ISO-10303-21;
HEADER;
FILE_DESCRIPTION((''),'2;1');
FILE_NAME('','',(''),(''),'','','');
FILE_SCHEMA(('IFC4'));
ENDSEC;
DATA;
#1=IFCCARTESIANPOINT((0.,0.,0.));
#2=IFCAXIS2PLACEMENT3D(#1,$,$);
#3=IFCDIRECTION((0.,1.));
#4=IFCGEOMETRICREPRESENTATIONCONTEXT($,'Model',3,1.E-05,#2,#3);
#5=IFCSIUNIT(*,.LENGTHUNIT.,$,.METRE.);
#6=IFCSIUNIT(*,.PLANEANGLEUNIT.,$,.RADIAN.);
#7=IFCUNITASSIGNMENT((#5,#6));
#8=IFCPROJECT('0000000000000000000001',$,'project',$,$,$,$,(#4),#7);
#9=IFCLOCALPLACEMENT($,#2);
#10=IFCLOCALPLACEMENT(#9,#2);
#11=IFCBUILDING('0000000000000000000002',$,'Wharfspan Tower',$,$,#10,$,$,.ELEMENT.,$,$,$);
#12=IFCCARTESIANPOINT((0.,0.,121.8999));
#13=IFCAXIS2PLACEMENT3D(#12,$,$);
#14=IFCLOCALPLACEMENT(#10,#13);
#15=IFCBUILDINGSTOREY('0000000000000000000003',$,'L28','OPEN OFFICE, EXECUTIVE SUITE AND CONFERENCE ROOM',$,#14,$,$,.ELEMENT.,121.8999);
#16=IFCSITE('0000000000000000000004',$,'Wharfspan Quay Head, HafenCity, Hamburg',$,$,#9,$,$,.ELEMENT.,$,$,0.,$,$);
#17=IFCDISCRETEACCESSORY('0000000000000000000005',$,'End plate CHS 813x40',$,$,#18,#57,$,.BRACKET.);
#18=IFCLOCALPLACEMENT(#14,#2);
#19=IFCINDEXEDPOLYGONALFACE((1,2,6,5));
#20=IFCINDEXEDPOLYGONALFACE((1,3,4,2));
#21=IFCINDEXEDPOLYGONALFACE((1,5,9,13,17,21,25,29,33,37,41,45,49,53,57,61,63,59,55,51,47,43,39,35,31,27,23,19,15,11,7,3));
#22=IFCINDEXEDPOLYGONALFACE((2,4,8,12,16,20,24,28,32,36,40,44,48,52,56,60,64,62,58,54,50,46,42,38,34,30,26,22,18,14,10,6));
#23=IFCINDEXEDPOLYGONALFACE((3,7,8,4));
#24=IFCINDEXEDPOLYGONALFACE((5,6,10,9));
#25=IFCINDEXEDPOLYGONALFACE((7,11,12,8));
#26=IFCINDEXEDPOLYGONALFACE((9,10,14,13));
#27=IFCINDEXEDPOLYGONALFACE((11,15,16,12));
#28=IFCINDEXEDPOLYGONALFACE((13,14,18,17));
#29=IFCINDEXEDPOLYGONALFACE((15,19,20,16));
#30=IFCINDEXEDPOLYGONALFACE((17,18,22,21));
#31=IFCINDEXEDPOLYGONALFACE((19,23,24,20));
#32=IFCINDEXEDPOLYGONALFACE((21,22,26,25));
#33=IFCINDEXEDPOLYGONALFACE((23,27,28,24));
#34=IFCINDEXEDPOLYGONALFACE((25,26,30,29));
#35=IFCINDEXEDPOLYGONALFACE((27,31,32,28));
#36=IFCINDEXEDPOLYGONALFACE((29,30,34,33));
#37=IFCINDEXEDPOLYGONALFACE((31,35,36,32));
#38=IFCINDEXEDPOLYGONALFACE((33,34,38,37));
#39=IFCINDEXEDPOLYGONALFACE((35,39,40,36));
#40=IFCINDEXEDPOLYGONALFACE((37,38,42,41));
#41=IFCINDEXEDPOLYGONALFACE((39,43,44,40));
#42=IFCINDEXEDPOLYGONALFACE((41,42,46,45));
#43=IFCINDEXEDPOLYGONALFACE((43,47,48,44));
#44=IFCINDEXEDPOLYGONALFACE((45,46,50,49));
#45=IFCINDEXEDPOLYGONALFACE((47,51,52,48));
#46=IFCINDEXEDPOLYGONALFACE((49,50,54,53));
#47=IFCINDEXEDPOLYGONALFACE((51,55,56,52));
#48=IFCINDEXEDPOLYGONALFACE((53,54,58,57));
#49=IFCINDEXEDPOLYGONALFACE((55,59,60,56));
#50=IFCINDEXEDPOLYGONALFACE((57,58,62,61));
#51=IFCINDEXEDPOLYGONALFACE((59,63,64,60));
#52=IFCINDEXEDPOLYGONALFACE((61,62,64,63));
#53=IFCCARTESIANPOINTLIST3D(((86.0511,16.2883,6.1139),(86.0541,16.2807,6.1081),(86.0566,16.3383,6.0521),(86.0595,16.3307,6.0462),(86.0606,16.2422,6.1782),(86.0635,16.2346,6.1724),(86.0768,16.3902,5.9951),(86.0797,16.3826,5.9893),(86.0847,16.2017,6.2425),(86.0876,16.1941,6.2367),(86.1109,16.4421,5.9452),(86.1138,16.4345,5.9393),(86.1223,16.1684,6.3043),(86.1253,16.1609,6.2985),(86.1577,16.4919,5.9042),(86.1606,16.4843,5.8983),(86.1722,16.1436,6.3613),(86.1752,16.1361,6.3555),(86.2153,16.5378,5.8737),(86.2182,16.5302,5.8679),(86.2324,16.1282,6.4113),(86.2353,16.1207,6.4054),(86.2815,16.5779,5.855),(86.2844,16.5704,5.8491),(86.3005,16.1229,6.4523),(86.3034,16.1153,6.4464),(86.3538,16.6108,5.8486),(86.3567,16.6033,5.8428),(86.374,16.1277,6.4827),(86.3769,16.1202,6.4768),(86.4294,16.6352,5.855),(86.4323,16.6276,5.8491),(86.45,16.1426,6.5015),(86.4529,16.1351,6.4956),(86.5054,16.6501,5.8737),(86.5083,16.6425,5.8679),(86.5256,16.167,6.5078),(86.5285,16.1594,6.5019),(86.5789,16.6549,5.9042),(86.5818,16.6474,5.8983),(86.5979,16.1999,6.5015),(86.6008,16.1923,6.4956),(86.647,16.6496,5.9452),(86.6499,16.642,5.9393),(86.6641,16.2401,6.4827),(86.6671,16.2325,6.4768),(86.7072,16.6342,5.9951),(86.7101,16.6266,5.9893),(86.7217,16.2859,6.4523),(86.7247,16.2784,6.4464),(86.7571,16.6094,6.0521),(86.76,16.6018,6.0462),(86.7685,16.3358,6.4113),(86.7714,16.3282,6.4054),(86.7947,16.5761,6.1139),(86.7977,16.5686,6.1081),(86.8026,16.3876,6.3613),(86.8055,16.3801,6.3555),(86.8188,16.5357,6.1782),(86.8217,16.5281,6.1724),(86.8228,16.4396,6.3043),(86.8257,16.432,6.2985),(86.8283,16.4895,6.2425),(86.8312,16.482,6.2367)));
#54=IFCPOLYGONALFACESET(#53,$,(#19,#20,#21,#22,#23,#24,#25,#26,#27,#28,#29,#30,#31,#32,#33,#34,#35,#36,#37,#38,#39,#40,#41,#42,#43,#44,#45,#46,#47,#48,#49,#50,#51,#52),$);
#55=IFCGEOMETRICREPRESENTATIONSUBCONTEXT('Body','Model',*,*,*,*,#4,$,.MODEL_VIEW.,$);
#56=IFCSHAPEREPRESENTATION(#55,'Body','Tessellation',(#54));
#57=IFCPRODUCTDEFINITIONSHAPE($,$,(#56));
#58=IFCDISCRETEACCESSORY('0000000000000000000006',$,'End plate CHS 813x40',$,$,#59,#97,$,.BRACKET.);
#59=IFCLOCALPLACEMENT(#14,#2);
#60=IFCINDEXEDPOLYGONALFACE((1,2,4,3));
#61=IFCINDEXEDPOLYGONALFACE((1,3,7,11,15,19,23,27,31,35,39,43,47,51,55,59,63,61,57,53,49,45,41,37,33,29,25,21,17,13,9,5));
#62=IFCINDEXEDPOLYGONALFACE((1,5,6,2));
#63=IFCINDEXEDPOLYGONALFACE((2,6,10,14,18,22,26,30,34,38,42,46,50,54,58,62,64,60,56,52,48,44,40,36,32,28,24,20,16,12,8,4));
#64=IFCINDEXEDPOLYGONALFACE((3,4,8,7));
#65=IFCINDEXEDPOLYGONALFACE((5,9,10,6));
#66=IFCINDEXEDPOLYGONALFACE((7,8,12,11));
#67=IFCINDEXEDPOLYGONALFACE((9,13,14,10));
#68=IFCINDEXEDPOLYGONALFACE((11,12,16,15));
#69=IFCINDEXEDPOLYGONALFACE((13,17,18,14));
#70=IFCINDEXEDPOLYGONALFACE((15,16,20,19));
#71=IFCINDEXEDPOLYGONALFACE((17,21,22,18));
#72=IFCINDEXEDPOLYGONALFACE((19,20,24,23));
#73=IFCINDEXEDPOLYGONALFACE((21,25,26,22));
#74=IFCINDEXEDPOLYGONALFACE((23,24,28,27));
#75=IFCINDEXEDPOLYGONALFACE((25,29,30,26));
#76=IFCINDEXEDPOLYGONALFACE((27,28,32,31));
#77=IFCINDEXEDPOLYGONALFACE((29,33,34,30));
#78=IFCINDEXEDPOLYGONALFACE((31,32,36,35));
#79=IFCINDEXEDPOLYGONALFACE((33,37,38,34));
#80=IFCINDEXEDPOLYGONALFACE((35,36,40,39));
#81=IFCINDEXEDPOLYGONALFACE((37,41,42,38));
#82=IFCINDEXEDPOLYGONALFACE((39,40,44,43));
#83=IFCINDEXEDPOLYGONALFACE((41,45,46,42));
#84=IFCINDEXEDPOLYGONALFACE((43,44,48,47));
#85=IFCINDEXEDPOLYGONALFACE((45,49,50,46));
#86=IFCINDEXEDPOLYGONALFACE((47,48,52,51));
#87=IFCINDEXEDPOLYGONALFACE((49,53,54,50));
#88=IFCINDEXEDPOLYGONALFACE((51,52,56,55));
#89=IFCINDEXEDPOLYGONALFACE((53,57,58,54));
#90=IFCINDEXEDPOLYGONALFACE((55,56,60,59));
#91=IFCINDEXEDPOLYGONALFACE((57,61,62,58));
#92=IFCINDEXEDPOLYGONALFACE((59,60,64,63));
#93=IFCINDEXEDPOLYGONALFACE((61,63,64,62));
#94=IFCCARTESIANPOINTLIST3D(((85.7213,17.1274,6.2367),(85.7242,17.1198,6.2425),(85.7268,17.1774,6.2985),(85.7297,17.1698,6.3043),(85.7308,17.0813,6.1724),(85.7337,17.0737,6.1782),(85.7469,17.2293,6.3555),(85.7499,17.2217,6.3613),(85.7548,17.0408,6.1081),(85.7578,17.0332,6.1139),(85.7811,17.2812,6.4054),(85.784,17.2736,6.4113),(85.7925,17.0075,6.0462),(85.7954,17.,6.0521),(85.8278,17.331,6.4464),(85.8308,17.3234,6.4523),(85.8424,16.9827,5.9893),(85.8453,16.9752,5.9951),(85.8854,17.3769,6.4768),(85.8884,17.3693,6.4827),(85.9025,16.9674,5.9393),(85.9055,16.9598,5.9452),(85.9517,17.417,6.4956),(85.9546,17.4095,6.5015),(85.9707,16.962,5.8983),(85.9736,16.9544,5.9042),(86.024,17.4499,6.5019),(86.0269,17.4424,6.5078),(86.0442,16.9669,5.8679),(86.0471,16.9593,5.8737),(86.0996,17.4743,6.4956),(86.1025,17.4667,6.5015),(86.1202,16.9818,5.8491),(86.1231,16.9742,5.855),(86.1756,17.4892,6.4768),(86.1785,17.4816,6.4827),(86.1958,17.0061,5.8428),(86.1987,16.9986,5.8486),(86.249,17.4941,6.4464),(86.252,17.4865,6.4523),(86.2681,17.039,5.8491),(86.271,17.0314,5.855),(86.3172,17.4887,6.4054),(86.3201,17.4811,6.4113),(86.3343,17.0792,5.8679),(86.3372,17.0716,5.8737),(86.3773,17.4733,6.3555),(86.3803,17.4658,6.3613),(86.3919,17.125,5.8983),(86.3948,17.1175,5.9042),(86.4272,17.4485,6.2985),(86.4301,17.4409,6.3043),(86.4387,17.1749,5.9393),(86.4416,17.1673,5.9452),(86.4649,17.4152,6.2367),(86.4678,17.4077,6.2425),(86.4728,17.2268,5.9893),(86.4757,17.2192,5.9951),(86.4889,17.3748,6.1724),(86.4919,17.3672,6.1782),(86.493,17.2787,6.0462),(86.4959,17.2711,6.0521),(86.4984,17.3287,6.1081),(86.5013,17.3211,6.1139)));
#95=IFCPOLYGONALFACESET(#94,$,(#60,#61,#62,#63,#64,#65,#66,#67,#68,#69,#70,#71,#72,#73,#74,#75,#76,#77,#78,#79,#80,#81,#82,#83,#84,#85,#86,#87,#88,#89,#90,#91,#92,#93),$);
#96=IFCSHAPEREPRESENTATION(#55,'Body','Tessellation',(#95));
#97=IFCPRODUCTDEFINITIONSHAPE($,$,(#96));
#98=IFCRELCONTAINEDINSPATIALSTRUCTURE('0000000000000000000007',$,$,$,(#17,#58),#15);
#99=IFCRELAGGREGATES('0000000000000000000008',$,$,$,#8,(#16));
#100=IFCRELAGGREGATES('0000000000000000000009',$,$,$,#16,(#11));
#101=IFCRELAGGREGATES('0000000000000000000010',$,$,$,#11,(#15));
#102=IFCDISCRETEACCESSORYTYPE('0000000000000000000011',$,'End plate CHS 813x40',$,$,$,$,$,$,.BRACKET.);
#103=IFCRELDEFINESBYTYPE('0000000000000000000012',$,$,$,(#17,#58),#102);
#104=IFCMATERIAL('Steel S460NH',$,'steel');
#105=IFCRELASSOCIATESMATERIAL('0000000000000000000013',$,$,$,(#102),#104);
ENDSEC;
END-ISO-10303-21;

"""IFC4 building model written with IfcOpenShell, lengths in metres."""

from ifc_helpers import new_model, si_unit, direction, frame, origin, origin_2d, place, context, subcontext, project, spatial, circle, extrude, material, material_profile, profile_set, type_object, element, save


model = new_model("IFC4")

# Units and contexts
model_context = context("Model", 3, precision=1e-05, world=origin(), true_north=direction((0.0, 1.0)))
body_context = subcontext(model_context, "Body", "Model", "MODEL_VIEW")
ifc_project = project(units=[si_unit("LENGTHUNIT", "METRE"), si_unit("PLANEANGLEUNIT", "RADIAN")], contexts=[model_context])

# Site, building, storey
site_placement = place(None, origin())
site = spatial("IfcSite", under=ifc_project, at=site_placement, Name="Wharfspan Quay Head, HafenCity, Hamburg", CompositionType="ELEMENT", RefElevation=0.0)
building_placement = place(site_placement, origin())
building = spatial("IfcBuilding", under=site, at=building_placement, Name="Wharfspan Tower", CompositionType="ELEMENT")
storey_placement = place(building_placement, frame((0.0, 0.0, 121.8999)))
storey = spatial("IfcBuildingStorey", under=building, at=storey_placement, Name="L28", Description="OPEN OFFICE, EXECUTIVE SUITE AND CONFERENCE ROOM", CompositionType="ELEMENT", Elevation=121.8999)

# Shared definitions
ifc_material_1 = material(Name="Steel S460NH", Category="steel")

# Discrete accessories
ifc_material_profile_1 = material_profile(ifc_material_1, circle(Radius=0.4065, at=origin_2d()))
ifc_profile_set_1 = profile_set([ifc_material_profile_1], Name="Steel S460NH")
discrete_accessory_type = type_object("IfcDiscreteAccessoryType", Name="End plate CHS 813x40", PredefinedType="BRACKET", material=ifc_profile_set_1)
for number, where, z_axis, x_axis, name in (
    (1, (86.4426, 16.3813, 6.1724), (-0.292683, 0.756098, 0.585366), (-0.932565, -0.360992, -0.000001), "End plate CHS 813x40"),
    (2, (86.1099, 17.228, 6.1724), (0.292683, -0.756098, 0.585366), (0.932565, 0.360992, -0.000001), "End plate CHS 813x40"),
):
    element("IfcDiscreteAccessory", number, at=place(storey_placement, frame(where, z_axis=z_axis, x_axis=x_axis)), inside=storey, type_object=discrete_accessory_type, Name=name, PredefinedType="BRACKET", context=body_context, shape_type="SweptSolid", body=[
        extrude(circle(Radius=0.4065, at=origin_2d()), origin(), (0.0, 0.0, 1.0), 0.01),
    ])

save(model, "model.ifc")
